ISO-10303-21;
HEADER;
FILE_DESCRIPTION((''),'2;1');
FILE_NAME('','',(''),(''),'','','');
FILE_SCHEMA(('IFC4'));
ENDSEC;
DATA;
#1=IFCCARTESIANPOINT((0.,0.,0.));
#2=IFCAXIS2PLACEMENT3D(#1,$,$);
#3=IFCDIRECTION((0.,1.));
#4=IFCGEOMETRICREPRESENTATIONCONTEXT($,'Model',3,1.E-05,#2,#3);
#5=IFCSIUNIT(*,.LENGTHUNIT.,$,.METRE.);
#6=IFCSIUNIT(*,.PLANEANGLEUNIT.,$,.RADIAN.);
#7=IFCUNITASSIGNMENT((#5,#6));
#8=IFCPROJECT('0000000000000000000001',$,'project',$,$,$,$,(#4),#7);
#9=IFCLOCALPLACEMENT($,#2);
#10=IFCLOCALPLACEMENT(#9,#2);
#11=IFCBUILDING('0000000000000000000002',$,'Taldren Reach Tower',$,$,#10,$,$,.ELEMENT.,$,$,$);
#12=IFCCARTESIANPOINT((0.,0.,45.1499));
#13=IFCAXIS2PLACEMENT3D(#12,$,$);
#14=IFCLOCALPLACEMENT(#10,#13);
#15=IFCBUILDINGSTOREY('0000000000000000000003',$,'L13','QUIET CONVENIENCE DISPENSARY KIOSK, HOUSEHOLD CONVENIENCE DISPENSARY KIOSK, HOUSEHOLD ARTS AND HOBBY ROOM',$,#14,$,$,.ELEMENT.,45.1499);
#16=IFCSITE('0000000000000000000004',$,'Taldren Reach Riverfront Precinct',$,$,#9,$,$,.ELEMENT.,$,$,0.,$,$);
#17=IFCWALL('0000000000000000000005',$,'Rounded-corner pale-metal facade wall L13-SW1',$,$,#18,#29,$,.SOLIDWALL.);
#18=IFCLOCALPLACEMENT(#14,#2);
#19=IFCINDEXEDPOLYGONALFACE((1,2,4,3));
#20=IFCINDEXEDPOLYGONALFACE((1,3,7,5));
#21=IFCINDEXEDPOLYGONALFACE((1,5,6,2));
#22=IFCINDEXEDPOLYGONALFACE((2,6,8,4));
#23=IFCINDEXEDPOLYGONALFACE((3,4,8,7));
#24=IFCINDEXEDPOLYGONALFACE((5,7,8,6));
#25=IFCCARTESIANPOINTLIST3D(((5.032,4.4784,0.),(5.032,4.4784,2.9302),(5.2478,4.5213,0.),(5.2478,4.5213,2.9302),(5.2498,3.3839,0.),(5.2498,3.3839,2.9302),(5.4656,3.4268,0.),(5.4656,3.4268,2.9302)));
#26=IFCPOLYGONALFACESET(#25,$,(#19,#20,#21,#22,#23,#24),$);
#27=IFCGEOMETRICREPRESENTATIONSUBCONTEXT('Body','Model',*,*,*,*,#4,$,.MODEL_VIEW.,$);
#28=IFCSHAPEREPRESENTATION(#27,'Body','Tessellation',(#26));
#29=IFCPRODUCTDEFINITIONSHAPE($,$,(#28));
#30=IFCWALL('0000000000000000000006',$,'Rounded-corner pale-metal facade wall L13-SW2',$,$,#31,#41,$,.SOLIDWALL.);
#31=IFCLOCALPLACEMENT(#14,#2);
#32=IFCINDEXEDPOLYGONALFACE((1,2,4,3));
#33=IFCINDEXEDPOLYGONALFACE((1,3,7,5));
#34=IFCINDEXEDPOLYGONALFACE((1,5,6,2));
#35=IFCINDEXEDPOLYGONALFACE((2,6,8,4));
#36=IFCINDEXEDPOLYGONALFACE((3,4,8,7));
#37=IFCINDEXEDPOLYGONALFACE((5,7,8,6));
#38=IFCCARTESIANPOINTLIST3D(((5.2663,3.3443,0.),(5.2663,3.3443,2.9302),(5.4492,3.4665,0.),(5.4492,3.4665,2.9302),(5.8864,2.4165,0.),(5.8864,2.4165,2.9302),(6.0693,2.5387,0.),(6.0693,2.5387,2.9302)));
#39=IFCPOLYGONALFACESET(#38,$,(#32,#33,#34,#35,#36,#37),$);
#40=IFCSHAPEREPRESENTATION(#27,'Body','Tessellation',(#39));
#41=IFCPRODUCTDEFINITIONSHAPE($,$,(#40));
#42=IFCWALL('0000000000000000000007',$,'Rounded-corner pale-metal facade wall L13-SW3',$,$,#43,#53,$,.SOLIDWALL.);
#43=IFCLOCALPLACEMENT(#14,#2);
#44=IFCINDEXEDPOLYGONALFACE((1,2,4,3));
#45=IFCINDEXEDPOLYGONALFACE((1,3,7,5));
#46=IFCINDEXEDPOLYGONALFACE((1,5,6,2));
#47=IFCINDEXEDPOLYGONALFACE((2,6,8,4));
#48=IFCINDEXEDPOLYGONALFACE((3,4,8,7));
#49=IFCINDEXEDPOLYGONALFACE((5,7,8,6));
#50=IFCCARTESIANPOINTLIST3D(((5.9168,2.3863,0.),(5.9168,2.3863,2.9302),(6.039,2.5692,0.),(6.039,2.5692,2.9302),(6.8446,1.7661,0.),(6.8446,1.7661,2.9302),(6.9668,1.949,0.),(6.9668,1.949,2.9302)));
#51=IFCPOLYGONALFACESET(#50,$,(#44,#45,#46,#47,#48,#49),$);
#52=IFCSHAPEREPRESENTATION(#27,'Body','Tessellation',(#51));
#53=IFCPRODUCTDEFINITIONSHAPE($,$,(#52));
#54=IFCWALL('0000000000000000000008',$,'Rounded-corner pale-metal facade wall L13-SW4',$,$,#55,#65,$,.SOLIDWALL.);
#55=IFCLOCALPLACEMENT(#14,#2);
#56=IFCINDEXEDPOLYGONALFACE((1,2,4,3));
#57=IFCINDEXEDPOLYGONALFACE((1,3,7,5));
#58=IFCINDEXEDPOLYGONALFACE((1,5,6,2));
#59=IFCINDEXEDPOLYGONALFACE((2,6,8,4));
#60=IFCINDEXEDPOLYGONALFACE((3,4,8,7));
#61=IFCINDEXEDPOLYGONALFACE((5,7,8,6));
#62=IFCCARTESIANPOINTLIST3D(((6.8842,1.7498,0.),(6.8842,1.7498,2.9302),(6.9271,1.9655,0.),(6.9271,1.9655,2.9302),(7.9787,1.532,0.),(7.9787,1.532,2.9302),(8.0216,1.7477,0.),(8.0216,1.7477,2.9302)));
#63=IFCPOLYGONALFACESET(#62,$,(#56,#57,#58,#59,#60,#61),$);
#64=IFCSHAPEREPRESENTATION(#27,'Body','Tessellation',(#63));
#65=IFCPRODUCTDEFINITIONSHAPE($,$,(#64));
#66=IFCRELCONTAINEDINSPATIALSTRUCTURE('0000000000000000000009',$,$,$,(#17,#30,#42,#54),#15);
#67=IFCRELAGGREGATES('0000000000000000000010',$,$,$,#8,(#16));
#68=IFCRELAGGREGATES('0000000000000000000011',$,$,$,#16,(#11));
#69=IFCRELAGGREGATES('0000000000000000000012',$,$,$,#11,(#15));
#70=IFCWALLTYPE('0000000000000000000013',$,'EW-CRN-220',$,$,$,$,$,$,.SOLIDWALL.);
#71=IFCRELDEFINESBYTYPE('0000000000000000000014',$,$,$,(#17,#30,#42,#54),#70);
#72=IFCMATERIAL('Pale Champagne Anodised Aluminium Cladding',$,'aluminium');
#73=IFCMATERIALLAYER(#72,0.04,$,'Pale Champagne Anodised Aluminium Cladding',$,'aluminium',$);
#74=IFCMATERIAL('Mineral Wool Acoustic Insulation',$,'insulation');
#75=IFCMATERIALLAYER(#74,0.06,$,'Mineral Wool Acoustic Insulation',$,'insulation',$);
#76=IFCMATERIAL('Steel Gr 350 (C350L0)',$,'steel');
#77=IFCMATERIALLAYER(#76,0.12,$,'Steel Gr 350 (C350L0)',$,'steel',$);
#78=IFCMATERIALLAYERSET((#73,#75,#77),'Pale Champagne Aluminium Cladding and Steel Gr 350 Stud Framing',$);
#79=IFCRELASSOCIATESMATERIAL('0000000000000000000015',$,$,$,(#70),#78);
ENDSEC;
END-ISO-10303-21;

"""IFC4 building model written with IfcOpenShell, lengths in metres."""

from ifc_helpers import new_model, si_unit, direction, frame, frame_2d, origin, place, context, subcontext, project, spatial, rectangle, extrude, source, transform, mapped, material, layer, layer_set, type_object, element, save


model = new_model("IFC4")

# Units and contexts
model_context = context("Model", 3, precision=1e-05, world=origin(), true_north=direction((0.0, 1.0)))
body_context = subcontext(model_context, "Body", "Model", "MODEL_VIEW")
ifc_project = project(units=[si_unit("LENGTHUNIT", "METRE"), si_unit("PLANEANGLEUNIT", "RADIAN")], contexts=[model_context])

# Site, building, storey
site_placement = place(None, origin())
site = spatial("IfcSite", under=ifc_project, at=site_placement, Name="Taldren Reach Riverfront Precinct", CompositionType="ELEMENT", RefElevation=0.0)
building_placement = place(site_placement, origin())
building = spatial("IfcBuilding", under=site, at=building_placement, Name="Taldren Reach Tower", CompositionType="ELEMENT")
storey_placement = place(building_placement, frame((0.0, 0.0, 45.1499)))
storey = spatial("IfcBuildingStorey", under=building, at=storey_placement, Name="L13", Description="QUIET CONVENIENCE DISPENSARY KIOSK, HOUSEHOLD CONVENIENCE DISPENSARY KIOSK, HOUSEHOLD ARTS AND HOBBY ROOM", CompositionType="ELEMENT", Elevation=45.1499)

# Shared definitions
ifc_material_1 = material(Name="Steel Gr 350 (C350L0)", Category="steel")

# Walls
ifc_material_2 = material(Name="Pale Champagne Anodised Aluminium Cladding", Category="aluminium")
ifc_layer_1 = layer(ifc_material_2, 0.04, Name="Pale Champagne Anodised Aluminium Cladding", Category="aluminium")
ifc_material_3 = material(Name="Mineral Wool Acoustic Insulation", Category="insulation")
ifc_layer_2 = layer(ifc_material_3, 0.06, Name="Mineral Wool Acoustic Insulation", Category="insulation")
ifc_layer_3 = layer(ifc_material_1, 0.12, Name="Steel Gr 350 (C350L0)", Category="steel")
ifc_layer_set_1 = layer_set([ifc_layer_1, ifc_layer_2, ifc_layer_3], Name="Pale Champagne Aluminium Cladding and Steel Gr 350 Stud Framing")
wall_type = type_object("IfcWallType", Name="EW-CRN-220", PredefinedType="SOLIDWALL", material=ifc_layer_set_1)
shared_shape_1 = source(origin(), body_context, "Body", "SweptSolid", [
    extrude(rectangle(XDim=1.116, YDim=0.22, at=frame_2d((0.5581, 0.0))), origin(), (0.0, 0.0, 1.0), 2.9302),
])
for number, where, z_axis, x_axis, name in (
    (1, (5.1399, 4.5, 0.0), (0.0, 0.0, 1.0), (0.195148, -0.980774, 0.0), "Rounded-corner pale-metal facade wall L13-SW1"),
    (2, (5.3577, 3.4055, 0.0), (0.0, 0.0, 1.0), (0.55571, -0.831377, 0.0), "Rounded-corner pale-metal facade wall L13-SW2"),
    (3, (5.9778, 2.4778, 0.0), (0.0, 0.0, 1.0), (0.831377, -0.55571, 0.0), "Rounded-corner pale-metal facade wall L13-SW3"),
    (4, (6.9055, 1.8577, 0.0), (0.0, 0.0, 1.0), (0.980774, -0.195148, 0.0), "Rounded-corner pale-metal facade wall L13-SW4"),
):
    element("IfcWall", number, at=place(storey_placement, frame(where, z_axis=z_axis, x_axis=x_axis)), inside=storey, type_object=wall_type, Name=name, PredefinedType="SOLIDWALL", context=body_context, shape_type="MappedRepresentation", body=[
        mapped(shared_shape_1, transform((0.0, 0.0, 0.0), scale=1.0)),
    ])

save(model, "model.ifc")
